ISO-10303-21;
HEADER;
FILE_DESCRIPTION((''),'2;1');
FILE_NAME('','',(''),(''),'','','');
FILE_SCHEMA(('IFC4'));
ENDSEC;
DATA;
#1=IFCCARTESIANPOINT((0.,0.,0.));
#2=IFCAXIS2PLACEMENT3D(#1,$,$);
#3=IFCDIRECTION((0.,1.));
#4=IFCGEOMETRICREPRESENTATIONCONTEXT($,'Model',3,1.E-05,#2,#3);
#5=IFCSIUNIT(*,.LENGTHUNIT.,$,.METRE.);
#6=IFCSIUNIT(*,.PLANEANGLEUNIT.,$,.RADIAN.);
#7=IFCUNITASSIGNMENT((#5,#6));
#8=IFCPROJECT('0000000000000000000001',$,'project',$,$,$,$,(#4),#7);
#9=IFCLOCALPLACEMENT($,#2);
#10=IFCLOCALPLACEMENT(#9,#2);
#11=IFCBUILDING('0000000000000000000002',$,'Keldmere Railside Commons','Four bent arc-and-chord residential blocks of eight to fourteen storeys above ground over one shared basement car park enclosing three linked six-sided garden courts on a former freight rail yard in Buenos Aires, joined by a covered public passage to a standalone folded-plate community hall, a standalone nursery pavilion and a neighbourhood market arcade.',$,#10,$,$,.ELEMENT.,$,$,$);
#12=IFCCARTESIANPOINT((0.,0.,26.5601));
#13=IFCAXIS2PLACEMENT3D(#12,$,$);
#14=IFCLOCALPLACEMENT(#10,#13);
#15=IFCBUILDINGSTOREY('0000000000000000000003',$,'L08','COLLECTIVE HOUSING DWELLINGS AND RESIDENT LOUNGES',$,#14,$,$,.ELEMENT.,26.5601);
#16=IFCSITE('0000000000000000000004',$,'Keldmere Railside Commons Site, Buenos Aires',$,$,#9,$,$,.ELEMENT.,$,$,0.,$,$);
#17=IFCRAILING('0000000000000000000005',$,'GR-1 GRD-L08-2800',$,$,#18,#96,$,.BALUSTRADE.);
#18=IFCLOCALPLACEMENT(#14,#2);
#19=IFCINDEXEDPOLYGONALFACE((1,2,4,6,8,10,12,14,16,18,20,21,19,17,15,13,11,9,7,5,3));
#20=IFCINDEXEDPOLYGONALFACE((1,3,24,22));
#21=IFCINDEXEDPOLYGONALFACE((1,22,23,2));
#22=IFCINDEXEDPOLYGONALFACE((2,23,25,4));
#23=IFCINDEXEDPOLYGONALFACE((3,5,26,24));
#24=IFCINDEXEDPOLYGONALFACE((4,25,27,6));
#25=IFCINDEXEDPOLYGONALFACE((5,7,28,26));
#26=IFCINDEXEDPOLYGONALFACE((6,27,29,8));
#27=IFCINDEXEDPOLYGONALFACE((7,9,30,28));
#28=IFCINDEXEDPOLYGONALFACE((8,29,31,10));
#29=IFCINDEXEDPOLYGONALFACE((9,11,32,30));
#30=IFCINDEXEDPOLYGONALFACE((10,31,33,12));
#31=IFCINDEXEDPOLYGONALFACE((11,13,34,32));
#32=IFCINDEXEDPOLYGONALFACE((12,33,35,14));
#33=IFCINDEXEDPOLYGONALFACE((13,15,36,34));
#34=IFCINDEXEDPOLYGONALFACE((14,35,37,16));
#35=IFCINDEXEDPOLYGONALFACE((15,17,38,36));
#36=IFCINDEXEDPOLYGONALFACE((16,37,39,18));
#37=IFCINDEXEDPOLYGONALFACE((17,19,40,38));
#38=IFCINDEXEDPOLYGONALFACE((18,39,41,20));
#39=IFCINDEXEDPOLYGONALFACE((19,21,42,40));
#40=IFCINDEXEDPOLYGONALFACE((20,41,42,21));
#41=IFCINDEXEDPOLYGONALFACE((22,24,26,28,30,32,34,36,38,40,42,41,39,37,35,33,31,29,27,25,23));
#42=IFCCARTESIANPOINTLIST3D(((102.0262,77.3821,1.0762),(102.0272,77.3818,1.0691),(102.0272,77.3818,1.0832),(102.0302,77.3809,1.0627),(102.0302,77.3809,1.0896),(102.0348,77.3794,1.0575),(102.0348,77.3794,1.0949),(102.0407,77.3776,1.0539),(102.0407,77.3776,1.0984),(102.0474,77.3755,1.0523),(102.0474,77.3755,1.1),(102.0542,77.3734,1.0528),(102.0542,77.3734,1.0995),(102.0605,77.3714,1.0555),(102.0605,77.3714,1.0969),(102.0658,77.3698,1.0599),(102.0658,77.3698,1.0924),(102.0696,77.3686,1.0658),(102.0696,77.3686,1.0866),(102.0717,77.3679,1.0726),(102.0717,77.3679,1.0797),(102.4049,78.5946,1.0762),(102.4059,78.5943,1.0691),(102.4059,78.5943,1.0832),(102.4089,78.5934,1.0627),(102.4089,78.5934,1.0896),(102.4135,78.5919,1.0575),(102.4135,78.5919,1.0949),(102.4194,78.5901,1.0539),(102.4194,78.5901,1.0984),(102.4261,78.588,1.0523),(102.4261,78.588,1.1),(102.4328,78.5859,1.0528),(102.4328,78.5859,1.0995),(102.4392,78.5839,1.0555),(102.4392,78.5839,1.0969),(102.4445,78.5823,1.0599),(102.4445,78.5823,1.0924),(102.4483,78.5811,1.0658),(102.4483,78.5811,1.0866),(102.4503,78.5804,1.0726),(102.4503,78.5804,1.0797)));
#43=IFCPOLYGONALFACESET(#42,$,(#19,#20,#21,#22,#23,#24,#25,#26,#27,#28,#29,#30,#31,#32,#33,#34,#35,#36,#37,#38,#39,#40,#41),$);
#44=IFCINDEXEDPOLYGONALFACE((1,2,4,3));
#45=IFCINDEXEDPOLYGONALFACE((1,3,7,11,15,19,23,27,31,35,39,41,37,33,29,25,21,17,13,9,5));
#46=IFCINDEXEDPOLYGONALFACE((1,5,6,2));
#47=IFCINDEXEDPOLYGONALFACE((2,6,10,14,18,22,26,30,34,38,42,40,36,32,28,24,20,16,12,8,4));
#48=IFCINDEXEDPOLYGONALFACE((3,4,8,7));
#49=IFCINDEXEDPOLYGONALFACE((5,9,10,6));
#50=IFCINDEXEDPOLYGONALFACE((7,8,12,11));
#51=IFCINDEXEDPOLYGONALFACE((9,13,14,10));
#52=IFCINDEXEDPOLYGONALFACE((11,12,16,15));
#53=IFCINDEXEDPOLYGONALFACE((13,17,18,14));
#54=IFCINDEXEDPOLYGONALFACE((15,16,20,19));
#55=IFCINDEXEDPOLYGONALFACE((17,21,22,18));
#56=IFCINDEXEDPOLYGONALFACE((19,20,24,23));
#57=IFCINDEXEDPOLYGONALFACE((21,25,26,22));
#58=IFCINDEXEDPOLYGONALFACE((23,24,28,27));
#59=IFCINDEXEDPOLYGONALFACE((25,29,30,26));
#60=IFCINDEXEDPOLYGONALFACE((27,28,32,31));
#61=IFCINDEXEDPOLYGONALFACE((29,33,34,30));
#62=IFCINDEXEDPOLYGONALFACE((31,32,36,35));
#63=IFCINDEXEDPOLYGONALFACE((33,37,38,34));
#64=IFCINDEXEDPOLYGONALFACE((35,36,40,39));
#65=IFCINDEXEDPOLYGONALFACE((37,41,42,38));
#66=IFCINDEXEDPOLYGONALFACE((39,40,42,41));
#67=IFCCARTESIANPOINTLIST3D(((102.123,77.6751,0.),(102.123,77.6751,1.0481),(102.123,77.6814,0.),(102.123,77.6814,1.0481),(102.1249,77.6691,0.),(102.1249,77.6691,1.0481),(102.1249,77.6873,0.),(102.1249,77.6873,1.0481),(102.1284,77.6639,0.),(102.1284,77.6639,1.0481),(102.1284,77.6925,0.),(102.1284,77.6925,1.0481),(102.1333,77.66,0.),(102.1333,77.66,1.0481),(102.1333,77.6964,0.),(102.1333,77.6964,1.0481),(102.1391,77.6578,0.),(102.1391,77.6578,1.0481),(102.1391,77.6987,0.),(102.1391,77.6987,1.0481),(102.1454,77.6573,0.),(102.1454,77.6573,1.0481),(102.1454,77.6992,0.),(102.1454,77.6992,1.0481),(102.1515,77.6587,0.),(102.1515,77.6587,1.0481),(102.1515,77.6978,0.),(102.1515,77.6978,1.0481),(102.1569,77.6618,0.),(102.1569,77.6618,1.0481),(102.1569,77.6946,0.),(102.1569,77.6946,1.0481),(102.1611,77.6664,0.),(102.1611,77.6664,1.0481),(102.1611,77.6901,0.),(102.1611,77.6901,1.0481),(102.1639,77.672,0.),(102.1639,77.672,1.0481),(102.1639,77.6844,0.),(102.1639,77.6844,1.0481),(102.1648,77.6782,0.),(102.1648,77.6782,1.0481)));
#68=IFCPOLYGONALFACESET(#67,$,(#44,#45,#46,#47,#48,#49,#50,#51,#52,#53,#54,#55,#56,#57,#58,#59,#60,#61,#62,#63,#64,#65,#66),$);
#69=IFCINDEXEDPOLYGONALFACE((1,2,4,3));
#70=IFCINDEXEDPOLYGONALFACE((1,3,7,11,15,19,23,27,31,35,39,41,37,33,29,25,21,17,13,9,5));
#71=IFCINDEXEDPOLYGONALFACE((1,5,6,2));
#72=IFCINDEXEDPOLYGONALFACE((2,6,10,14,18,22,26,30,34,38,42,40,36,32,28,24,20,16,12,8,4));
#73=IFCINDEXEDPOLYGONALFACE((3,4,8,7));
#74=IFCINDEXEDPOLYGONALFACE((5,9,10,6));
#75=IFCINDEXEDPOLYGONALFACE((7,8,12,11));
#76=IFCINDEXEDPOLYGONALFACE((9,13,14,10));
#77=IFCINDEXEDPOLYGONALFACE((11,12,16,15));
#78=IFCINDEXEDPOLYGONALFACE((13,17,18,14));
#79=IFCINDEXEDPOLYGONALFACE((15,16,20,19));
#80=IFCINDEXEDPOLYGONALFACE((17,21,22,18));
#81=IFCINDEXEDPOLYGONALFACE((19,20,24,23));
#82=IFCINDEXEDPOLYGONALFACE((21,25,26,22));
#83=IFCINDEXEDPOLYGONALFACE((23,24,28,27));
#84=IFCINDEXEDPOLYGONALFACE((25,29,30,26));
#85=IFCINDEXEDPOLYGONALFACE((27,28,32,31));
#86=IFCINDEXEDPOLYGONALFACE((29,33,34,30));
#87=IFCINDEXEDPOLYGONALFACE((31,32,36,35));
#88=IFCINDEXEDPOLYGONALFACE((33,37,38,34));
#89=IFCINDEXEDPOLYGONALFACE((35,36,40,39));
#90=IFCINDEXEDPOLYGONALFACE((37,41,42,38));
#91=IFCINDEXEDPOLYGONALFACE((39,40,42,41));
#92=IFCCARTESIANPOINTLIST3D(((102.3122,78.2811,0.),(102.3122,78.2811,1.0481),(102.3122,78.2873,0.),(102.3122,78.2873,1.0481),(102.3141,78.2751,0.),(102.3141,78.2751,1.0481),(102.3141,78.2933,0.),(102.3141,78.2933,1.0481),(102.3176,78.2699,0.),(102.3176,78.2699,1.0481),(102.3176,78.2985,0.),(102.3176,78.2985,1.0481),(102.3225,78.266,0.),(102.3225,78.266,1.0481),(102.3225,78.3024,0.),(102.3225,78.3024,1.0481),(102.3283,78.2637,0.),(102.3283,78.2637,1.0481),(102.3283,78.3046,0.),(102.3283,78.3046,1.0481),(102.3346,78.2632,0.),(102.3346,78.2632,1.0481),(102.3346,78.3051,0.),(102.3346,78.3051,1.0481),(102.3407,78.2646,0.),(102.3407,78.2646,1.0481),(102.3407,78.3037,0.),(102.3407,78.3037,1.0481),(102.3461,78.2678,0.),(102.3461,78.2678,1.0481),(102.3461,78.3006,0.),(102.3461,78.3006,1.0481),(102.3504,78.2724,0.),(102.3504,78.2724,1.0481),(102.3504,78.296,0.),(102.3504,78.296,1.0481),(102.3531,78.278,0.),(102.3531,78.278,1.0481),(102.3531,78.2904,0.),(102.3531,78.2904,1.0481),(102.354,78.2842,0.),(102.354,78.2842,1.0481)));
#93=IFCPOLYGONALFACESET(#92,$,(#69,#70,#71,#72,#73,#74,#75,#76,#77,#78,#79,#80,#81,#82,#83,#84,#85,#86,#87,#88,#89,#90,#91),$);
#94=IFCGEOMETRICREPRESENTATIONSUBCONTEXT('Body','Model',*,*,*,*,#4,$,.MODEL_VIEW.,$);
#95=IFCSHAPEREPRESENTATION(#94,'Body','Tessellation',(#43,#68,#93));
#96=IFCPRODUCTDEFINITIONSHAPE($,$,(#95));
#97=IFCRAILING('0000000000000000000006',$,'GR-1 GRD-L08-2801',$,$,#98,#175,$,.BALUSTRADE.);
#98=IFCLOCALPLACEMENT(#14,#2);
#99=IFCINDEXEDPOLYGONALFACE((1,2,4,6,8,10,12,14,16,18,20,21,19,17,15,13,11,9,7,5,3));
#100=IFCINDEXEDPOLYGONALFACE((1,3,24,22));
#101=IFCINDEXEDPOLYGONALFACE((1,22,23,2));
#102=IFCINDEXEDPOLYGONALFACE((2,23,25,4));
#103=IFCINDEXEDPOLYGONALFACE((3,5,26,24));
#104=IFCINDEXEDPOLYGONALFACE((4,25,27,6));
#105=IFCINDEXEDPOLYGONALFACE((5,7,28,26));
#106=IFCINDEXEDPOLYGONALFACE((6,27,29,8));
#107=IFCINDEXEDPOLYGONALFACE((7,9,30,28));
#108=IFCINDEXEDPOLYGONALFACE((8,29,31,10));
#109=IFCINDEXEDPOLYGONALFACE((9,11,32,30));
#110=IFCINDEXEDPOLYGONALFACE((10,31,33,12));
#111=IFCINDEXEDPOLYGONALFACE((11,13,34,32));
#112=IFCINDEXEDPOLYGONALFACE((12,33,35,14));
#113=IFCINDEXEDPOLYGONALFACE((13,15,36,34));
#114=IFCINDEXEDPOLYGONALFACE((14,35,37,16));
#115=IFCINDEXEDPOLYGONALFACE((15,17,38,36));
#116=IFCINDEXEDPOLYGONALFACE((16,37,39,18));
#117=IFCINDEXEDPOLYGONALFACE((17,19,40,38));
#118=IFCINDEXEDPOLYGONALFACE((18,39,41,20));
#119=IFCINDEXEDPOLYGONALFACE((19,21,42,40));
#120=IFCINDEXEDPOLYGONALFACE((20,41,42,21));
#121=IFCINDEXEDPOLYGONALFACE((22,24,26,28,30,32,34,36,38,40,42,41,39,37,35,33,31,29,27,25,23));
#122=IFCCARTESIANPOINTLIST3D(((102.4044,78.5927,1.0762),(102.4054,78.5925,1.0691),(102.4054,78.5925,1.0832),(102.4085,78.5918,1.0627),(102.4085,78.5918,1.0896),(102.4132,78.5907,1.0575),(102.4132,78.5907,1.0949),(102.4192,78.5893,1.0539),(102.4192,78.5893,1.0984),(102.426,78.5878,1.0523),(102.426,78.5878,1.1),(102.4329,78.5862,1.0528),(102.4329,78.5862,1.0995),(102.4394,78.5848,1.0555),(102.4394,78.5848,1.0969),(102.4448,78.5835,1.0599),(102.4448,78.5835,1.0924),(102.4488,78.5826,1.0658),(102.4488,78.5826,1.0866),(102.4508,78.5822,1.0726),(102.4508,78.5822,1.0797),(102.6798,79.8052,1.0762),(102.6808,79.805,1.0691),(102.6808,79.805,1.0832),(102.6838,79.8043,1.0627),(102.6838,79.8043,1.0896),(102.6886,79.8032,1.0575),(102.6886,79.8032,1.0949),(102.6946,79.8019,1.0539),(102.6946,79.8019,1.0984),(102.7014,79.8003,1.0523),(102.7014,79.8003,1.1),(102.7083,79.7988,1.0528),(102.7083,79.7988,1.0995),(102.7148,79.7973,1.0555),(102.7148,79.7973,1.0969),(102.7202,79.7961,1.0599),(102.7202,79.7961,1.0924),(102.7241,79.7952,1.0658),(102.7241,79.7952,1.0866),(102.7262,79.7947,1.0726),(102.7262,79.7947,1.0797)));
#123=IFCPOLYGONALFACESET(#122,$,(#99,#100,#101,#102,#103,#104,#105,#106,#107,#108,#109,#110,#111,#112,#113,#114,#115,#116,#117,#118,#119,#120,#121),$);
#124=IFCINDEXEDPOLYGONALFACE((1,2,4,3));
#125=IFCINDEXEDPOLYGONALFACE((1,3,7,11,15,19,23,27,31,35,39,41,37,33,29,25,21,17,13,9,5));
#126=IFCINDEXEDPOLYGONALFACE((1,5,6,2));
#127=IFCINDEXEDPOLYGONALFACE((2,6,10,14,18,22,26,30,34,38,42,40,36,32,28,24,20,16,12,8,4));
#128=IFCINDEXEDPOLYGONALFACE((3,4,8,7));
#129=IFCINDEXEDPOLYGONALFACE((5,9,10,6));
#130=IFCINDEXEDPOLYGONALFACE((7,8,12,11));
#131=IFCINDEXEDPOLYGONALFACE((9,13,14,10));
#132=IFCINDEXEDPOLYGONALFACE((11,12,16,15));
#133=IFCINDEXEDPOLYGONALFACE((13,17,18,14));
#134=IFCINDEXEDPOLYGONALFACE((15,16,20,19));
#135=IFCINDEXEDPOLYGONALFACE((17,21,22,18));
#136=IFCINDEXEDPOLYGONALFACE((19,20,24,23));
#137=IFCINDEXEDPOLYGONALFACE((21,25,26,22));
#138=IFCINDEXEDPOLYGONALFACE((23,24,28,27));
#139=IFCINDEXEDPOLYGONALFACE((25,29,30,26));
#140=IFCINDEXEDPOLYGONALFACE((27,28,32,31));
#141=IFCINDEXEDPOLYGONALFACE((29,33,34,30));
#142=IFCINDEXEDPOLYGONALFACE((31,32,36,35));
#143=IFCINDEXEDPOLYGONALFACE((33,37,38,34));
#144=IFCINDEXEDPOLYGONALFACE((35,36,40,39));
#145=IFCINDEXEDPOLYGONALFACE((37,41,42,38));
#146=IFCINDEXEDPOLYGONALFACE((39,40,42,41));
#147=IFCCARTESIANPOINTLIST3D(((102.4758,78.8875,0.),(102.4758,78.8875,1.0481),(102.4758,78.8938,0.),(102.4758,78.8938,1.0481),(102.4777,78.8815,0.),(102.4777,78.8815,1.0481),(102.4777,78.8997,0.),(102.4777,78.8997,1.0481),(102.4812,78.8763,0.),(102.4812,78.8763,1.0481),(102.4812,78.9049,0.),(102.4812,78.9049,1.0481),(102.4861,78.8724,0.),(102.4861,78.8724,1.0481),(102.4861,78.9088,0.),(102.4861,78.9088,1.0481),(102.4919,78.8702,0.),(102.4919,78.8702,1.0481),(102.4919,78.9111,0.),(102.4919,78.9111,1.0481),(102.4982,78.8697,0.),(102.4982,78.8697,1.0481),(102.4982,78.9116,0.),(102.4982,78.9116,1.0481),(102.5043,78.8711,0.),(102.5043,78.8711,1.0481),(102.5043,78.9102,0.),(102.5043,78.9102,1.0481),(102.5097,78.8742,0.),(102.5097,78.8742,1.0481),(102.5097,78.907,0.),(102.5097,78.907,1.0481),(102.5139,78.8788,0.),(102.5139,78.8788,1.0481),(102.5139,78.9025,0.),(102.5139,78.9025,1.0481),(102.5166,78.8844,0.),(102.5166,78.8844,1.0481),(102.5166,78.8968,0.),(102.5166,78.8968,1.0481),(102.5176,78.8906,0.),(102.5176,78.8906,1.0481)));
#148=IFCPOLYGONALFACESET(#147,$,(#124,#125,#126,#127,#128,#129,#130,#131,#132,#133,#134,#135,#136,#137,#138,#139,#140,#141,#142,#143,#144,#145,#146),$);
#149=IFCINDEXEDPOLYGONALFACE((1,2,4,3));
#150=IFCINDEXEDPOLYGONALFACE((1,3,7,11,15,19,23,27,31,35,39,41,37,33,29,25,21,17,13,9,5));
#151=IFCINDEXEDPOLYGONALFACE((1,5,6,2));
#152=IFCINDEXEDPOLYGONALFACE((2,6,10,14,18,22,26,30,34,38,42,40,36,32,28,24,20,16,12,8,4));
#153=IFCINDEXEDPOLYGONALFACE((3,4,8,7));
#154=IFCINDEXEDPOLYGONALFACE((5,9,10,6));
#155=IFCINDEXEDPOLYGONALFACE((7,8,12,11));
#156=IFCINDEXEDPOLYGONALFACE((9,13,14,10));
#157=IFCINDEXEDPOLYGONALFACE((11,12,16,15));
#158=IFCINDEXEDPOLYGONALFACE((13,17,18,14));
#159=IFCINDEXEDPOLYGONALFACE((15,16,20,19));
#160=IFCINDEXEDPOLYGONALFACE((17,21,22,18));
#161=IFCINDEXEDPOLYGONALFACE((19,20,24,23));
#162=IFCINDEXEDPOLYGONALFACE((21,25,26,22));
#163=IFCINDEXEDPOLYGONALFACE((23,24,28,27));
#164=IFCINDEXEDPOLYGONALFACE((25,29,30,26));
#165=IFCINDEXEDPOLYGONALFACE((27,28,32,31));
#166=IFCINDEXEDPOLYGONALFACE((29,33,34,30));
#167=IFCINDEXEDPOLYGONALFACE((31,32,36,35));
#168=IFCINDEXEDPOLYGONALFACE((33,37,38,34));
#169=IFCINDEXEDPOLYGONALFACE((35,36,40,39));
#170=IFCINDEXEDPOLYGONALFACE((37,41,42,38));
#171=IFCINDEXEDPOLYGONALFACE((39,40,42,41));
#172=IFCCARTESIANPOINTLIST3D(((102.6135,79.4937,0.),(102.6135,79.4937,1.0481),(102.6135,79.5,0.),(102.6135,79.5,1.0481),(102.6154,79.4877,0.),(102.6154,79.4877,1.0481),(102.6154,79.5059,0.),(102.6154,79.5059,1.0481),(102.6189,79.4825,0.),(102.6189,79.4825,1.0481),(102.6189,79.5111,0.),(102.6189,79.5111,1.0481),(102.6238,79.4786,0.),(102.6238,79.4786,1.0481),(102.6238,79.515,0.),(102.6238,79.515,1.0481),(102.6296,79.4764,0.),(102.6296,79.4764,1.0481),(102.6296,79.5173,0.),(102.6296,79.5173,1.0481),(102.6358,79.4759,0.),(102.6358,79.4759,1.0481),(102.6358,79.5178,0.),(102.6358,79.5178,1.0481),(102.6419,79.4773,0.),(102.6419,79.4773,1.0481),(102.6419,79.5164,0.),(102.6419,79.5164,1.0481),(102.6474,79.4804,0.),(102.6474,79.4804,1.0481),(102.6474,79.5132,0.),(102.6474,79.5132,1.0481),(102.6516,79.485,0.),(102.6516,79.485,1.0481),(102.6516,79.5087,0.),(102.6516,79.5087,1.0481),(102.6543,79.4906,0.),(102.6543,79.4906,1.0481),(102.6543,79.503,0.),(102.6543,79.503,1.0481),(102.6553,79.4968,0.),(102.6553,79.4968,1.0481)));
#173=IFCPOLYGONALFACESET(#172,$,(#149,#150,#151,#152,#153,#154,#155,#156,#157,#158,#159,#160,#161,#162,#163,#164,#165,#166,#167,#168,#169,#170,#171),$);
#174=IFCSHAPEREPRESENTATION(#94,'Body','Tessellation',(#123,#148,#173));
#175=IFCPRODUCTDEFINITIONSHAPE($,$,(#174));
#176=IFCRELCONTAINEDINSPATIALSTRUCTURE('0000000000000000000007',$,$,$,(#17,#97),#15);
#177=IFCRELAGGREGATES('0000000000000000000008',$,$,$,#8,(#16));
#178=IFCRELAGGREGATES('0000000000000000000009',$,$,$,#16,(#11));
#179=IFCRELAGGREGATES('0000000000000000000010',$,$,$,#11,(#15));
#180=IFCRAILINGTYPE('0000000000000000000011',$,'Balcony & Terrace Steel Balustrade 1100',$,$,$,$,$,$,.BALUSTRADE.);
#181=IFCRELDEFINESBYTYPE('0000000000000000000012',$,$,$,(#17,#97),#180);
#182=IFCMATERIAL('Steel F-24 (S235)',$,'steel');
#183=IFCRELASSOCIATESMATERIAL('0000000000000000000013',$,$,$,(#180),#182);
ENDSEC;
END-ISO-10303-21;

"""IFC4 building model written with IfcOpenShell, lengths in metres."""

from ifc_helpers import new_model, si_unit, direction, frame, origin, origin_2d, place, context, subcontext, project, spatial, circle, extrude, material, type_object, element, save


model = new_model("IFC4")

# Units and contexts
model_context = context("Model", 3, precision=1e-05, world=origin(), true_north=direction((0.0, 1.0)))
body_context = subcontext(model_context, "Body", "Model", "MODEL_VIEW")
ifc_project = project(units=[si_unit("LENGTHUNIT", "METRE"), si_unit("PLANEANGLEUNIT", "RADIAN")], contexts=[model_context])

# Site, building, storey
site_placement = place(None, origin())
site = spatial("IfcSite", under=ifc_project, at=site_placement, Name="Keldmere Railside Commons Site, Buenos Aires", CompositionType="ELEMENT", RefElevation=0.0)
building_placement = place(site_placement, origin())
building = spatial("IfcBuilding", under=site, at=building_placement, Name="Keldmere Railside Commons", Description="Four bent arc-and-chord residential blocks of eight to fourteen storeys above ground over one shared basement car park enclosing three linked six-sided garden courts on a former freight rail yard in Buenos Aires, joined by a covered public passage to a standalone folded-plate community hall, a standalone nursery pavilion and a neighbourhood market arcade.", CompositionType="ELEMENT")
storey_placement = place(building_placement, frame((0.0, 0.0, 26.5601)))
storey = spatial("IfcBuildingStorey", under=building, at=storey_placement, Name="L08", Description="COLLECTIVE HOUSING DWELLINGS AND RESIDENT LOUNGES", CompositionType="ELEMENT", Elevation=26.5601)

# Railings
ifc_material_1 = material(Name="Steel F-24 (S235)", Category="steel")
railing_type_1 = type_object("IfcRailingType", Name="Balcony & Terrace Steel Balustrade 1100", PredefinedType="BALUSTRADE", material=ifc_material_1)
railing_1_placement = place(storey_placement, frame((102.0491, 77.375, 0.0)))
element("IfcRailing", 1, at=railing_1_placement, inside=storey, type_object=railing_type_1, Name="GR-1 GRD-L08-2800", PredefinedType="BALUSTRADE", context=body_context, shape_type="SweptSolid", body=[
    extrude(circle(Radius=0.0239, at=origin_2d()), frame((0.0, 0.0, 1.0762), z_axis=(0.298122, 0.954528, 0.0), x_axis=(-0.954528, 0.298122, 0.0)), (0.0, 0.0, 1.0), 1.2703),
    extrude(circle(Radius=0.021, at=origin_2d()), frame((0.0947, 0.3032, 0.0)), (0.0, 0.0, 1.0), 1.0481),
    extrude(circle(Radius=0.021, at=origin_2d()), frame((0.2839, 0.9092, 0.0)), (0.0, 0.0, 1.0), 1.0481),
])
railing_2_placement = place(storey_placement, frame((102.4277, 78.5874, 0.0)))
element("IfcRailing", 2, at=railing_2_placement, inside=storey, type_object=railing_type_1, Name="GR-1 GRD-L08-2801", PredefinedType="BALUSTRADE", context=body_context, shape_type="SweptSolid", body=[
    extrude(circle(Radius=0.0239, at=origin_2d()), frame((0.0, 0.0, 1.0762), z_axis=(0.22146, 0.975169, 0.0), x_axis=(-0.975169, 0.22146, 0.0)), (0.0, 0.0, 1.0), 1.2434),
    extrude(circle(Radius=0.021, at=origin_2d()), frame((0.0688, 0.3032, 0.0)), (0.0, 0.0, 1.0), 1.0481),
    extrude(circle(Radius=0.021, at=origin_2d()), frame((0.2065, 0.9094, 0.0)), (0.0, 0.0, 1.0), 1.0481),
])

save(model, "model.ifc")
